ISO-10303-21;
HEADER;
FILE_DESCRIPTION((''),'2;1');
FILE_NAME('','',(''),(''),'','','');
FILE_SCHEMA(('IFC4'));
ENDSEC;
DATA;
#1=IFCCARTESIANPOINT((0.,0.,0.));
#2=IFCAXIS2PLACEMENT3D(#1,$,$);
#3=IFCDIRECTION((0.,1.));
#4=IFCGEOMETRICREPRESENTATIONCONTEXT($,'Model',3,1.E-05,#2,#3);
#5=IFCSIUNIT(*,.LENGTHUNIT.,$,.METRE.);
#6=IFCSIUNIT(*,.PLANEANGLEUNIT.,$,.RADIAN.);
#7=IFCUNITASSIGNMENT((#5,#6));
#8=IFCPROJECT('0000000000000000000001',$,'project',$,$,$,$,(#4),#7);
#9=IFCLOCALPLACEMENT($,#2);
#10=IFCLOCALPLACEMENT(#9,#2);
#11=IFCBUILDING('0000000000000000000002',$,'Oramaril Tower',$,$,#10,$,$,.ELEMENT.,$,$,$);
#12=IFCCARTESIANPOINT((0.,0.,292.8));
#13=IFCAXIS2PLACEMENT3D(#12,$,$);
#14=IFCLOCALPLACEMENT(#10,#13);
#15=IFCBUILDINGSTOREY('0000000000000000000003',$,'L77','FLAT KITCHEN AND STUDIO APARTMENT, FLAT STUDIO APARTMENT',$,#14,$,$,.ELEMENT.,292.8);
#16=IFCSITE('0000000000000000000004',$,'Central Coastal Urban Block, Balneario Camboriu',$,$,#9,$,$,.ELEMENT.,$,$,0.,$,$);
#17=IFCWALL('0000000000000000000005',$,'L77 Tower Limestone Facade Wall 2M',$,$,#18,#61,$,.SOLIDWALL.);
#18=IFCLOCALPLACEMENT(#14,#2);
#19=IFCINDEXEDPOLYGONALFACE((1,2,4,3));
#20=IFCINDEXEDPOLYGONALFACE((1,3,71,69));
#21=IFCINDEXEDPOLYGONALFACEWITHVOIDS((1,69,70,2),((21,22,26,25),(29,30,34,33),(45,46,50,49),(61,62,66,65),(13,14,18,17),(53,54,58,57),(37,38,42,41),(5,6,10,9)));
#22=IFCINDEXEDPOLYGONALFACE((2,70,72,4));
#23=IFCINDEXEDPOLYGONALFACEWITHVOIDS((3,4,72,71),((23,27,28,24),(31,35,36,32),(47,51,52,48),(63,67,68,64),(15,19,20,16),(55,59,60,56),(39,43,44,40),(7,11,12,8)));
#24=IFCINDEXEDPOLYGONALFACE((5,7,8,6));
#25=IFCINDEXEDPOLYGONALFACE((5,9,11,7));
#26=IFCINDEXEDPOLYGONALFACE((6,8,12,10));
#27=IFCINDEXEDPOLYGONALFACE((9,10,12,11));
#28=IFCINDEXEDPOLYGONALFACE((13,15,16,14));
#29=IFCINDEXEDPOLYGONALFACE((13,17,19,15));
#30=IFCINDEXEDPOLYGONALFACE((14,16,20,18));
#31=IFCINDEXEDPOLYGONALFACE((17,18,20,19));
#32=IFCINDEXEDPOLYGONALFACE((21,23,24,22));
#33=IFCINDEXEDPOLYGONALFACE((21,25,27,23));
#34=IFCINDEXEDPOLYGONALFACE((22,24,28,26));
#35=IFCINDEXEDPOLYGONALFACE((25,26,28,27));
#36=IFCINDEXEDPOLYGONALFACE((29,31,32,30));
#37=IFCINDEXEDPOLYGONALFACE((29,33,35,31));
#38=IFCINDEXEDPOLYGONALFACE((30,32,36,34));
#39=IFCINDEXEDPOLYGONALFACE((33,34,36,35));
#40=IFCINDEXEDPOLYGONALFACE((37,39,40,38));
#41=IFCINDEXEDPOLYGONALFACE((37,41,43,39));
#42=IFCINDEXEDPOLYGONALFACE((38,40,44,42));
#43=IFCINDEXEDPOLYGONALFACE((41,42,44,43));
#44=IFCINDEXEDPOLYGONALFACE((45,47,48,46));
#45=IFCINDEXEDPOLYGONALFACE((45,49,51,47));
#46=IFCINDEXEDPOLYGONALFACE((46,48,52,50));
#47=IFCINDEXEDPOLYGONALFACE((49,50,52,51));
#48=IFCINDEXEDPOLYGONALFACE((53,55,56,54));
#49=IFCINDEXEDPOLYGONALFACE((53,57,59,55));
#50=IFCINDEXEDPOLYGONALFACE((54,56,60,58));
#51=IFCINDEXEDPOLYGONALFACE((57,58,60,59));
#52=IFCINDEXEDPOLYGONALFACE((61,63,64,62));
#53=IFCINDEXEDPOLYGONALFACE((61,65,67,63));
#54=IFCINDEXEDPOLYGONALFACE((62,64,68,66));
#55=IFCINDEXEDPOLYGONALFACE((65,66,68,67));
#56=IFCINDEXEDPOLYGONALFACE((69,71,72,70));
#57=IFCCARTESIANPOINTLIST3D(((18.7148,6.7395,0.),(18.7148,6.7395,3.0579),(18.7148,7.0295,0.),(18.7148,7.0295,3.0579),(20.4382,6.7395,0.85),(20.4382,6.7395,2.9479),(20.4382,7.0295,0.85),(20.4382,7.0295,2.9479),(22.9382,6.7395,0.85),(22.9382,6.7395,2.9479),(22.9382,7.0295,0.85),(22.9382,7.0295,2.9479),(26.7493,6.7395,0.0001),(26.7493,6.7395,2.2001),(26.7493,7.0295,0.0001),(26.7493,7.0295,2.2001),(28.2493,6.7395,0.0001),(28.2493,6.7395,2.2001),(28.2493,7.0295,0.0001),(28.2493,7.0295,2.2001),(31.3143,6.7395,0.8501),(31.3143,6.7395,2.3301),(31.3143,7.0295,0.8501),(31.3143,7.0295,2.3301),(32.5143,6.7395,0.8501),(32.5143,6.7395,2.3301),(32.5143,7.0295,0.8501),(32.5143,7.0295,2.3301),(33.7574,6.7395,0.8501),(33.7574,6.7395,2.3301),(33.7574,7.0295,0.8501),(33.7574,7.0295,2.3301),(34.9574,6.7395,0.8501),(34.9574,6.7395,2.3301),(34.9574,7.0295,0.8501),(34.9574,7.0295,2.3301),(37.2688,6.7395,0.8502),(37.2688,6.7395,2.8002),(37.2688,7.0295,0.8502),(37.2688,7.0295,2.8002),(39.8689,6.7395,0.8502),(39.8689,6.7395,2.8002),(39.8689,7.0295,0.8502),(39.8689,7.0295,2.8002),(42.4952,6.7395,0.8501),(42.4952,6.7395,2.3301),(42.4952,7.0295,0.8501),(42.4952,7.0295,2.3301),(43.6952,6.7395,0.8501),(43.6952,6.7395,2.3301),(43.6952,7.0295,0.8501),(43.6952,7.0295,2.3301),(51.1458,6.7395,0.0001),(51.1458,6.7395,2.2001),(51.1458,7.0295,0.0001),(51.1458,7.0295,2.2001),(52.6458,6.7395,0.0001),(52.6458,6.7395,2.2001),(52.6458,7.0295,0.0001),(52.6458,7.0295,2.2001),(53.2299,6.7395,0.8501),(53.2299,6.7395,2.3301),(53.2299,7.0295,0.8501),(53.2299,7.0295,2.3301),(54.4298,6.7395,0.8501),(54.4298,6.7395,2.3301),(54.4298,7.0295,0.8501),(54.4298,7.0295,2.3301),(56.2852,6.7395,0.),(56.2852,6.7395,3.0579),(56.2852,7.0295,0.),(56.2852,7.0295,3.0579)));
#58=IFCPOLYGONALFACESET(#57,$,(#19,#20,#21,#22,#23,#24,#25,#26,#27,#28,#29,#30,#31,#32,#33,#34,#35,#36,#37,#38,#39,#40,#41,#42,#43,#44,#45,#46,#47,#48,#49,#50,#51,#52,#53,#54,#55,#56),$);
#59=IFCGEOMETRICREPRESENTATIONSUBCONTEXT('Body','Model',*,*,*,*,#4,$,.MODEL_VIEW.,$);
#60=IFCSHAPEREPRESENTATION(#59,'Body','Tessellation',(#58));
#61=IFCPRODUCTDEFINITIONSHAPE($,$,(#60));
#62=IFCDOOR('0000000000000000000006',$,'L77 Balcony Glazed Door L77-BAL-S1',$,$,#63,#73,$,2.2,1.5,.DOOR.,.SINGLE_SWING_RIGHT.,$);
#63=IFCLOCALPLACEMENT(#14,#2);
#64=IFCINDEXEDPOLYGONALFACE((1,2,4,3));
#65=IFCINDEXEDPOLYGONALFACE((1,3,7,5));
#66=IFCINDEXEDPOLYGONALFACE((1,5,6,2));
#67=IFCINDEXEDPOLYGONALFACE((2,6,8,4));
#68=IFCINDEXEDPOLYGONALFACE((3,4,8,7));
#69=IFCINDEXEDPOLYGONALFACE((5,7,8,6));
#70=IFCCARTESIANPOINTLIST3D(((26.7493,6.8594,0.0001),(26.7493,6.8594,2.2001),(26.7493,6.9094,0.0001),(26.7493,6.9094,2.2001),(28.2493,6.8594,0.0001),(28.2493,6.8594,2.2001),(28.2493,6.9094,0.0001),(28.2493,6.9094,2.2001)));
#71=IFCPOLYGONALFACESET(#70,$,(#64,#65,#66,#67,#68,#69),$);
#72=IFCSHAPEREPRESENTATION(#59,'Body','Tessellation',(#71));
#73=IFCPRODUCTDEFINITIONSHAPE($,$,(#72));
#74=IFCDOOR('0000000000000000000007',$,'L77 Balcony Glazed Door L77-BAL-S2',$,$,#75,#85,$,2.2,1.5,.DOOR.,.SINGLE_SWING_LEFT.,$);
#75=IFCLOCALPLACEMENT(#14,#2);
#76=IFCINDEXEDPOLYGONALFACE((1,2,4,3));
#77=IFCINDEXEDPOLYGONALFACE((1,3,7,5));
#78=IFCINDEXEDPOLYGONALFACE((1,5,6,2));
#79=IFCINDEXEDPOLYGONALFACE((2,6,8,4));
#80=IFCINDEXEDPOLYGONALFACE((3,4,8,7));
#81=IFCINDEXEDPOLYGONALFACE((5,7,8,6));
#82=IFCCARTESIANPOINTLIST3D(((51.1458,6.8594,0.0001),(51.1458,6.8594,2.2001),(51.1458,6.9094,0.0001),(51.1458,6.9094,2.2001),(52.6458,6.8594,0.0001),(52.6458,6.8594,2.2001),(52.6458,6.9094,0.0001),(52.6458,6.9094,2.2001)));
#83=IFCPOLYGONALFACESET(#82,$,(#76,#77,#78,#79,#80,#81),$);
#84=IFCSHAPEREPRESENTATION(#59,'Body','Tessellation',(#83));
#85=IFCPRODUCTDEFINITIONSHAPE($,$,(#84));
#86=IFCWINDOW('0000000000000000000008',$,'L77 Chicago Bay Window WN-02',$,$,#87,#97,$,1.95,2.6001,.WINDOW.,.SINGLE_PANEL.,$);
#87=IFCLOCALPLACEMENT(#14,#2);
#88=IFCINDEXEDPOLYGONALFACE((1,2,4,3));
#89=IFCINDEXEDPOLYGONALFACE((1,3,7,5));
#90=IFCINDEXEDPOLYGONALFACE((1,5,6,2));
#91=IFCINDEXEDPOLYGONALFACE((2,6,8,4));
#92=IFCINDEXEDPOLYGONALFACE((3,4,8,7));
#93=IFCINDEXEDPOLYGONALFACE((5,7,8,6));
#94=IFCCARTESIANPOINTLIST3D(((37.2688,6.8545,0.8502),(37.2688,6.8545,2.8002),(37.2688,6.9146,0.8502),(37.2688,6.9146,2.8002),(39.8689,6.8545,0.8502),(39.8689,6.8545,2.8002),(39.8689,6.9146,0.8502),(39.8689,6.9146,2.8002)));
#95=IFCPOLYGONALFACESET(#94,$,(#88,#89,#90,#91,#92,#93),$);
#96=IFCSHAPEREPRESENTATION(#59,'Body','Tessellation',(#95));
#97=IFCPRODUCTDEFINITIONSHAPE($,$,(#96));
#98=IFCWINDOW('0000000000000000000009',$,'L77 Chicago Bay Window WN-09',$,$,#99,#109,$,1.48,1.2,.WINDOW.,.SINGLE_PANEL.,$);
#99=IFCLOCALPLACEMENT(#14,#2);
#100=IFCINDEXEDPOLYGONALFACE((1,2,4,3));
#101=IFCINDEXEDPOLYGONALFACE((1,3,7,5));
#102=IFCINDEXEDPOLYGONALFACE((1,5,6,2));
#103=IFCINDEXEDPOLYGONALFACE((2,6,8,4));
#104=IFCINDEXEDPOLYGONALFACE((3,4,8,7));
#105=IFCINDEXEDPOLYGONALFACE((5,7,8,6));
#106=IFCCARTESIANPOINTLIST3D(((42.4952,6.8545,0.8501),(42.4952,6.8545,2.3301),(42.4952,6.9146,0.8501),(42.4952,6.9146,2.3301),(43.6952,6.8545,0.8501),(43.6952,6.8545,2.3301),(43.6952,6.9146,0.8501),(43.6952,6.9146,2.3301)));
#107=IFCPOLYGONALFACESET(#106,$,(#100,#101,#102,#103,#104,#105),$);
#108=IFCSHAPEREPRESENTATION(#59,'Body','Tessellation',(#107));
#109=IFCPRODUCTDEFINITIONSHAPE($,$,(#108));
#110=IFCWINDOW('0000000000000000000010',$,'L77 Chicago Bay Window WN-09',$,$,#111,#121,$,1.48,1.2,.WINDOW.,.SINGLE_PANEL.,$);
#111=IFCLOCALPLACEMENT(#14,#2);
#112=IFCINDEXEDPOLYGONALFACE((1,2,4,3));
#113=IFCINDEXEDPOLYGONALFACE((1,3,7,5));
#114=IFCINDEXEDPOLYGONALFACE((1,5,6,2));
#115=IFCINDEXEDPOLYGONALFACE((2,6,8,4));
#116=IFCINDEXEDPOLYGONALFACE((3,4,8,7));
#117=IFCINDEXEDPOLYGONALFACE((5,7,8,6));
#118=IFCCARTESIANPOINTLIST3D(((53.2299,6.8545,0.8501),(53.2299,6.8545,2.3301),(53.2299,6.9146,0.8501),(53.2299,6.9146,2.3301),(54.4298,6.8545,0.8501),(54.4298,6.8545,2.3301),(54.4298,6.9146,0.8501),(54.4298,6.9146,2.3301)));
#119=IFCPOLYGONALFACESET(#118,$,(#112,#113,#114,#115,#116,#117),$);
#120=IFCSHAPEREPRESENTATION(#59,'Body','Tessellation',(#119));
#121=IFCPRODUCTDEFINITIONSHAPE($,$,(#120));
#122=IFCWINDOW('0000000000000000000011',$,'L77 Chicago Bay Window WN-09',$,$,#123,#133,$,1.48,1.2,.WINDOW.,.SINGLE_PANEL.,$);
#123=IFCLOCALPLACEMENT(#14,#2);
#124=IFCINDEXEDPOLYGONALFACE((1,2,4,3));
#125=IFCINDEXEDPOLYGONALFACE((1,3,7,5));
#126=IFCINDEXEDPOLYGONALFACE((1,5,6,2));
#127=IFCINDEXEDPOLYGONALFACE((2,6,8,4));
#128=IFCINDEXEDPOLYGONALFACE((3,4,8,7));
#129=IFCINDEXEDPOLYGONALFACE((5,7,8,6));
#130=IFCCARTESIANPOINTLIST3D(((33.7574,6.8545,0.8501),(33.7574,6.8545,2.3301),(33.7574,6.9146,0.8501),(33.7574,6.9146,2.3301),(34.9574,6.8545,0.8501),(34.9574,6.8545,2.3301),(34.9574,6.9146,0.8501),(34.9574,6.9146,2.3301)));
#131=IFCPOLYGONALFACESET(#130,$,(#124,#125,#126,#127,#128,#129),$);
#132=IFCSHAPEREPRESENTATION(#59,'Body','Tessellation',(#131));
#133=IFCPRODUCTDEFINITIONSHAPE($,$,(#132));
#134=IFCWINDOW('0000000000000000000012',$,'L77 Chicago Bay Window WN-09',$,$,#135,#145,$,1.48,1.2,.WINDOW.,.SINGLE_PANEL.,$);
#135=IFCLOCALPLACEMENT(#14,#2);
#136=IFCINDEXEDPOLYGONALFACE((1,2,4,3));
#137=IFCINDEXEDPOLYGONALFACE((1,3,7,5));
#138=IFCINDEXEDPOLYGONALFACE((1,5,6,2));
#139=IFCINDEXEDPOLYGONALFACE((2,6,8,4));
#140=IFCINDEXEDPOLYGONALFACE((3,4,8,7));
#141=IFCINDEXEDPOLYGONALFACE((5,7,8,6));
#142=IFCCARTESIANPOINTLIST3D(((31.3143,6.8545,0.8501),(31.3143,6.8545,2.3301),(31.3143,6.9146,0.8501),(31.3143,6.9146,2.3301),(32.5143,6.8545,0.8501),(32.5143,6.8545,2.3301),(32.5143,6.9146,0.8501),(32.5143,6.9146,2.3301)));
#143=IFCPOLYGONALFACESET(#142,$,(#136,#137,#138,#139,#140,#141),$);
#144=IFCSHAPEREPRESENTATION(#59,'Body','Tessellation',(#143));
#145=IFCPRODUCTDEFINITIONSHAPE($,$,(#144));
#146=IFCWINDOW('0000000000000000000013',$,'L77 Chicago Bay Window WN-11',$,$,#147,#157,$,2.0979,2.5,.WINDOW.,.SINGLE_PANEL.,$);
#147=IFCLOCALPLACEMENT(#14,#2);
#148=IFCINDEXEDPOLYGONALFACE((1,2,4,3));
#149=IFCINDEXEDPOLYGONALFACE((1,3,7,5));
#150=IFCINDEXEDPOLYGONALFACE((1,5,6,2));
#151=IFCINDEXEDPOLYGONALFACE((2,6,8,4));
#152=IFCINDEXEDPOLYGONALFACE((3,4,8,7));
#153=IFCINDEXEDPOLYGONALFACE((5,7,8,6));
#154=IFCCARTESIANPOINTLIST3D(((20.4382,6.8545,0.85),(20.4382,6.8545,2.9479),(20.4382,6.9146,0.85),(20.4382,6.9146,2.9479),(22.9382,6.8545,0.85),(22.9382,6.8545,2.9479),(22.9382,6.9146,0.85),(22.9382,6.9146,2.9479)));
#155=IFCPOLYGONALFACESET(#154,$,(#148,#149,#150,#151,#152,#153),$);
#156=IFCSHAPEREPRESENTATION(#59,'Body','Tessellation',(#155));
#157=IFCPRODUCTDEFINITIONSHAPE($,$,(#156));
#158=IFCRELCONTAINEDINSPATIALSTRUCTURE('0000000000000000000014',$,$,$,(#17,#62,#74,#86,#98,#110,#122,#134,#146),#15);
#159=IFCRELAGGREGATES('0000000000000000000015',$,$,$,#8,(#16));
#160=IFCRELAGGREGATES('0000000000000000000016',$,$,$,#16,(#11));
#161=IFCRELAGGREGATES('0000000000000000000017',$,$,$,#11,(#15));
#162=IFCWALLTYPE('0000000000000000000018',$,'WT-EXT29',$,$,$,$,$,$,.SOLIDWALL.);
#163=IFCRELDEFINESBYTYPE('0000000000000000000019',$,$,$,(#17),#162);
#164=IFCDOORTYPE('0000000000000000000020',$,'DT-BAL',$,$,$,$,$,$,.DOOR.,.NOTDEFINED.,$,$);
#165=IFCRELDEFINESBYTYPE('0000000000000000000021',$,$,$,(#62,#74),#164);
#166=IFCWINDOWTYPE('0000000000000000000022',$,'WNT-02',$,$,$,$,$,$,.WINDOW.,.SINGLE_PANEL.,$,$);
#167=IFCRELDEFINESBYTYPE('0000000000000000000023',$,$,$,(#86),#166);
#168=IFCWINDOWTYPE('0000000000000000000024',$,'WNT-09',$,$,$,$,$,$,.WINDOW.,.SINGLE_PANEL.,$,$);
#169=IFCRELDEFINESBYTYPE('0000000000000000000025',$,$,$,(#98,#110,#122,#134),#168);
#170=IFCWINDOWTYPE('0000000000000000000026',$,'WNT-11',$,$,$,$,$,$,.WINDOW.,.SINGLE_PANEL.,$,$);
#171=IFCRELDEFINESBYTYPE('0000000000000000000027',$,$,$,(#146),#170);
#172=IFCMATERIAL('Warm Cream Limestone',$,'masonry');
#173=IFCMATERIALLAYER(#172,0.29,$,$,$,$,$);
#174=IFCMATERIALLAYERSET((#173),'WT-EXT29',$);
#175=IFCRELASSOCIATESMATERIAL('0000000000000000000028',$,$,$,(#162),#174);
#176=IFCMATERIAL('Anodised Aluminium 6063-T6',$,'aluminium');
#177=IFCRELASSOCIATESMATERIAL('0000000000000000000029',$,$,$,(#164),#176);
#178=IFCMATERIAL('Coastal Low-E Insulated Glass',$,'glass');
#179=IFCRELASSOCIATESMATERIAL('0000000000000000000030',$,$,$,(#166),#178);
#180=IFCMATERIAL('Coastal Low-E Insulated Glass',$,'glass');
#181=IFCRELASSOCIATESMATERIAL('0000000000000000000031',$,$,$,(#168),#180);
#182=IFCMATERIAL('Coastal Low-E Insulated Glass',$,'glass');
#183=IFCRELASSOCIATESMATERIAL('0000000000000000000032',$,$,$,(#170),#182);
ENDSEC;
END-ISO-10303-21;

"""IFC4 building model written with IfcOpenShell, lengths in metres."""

from ifc_helpers import new_model, si_unit, direction, frame, frame_2d, origin, place, context, subcontext, project, spatial, rectangle, extrude, material, layer, layer_set, type_object, element, fill, save


model = new_model("IFC4")

# Units and contexts
model_context = context("Model", 3, precision=1e-05, world=origin(), true_north=direction((0.0, 1.0)))
body_context = subcontext(model_context, "Body", "Model", "MODEL_VIEW")
ifc_project = project(units=[si_unit("LENGTHUNIT", "METRE"), si_unit("PLANEANGLEUNIT", "RADIAN")], contexts=[model_context])

# Site, building, storey
site_placement = place(None, origin())
site = spatial("IfcSite", under=ifc_project, at=site_placement, Name="Central Coastal Urban Block, Balneario Camboriu", CompositionType="ELEMENT", RefElevation=0.0)
building_placement = place(site_placement, origin())
building = spatial("IfcBuilding", under=site, at=building_placement, Name="Oramaril Tower", CompositionType="ELEMENT")
storey_placement = place(building_placement, frame((0.0, 0.0, 292.8)))
storey = spatial("IfcBuildingStorey", under=building, at=storey_placement, Name="L77", Description="FLAT KITCHEN AND STUDIO APARTMENT, FLAT STUDIO APARTMENT", CompositionType="ELEMENT", Elevation=292.8)

# Wall, openings, doors, windows
ifc_material_1 = material(Name="Warm Cream Limestone", Category="masonry")
ifc_layer_1 = layer(ifc_material_1, 0.29)
ifc_layer_set_1 = layer_set([ifc_layer_1], Name="WT-EXT29")
wall_type = type_object("IfcWallType", Name="WT-EXT29", PredefinedType="SOLIDWALL", material=ifc_layer_set_1)
wall_placement = place(storey_placement, frame((18.7148, 6.8845, 0.0), z_axis=(0.0, 0.0, 1.0), x_axis=(1.0, 0.0, 0.0)))
wall = element("IfcWall", 1, at=wall_placement, inside=storey, type_object=wall_type, Name="L77 Tower Limestone Facade Wall 2M", PredefinedType="SOLIDWALL", context=body_context, shape_type="SweptSolid", body=[
    extrude(rectangle(XDim=37.5703, YDim=0.29, at=frame_2d((18.7852, 0.0))), origin(), (0.0, 0.0, 1.0), 3.0579),
])
opening_1_placement = place(wall_placement, frame((8.0344, 0.0, 0.0)))
opening_1 = element("IfcOpeningElement", 2, at=opening_1_placement, cuts=wall, PredefinedType="OPENING", context=body_context, shape_type="SweptSolid", body=[
    extrude(rectangle(XDim=1.5, YDim=2.2, at=frame_2d((0.75, 1.1001))), frame((0.0, 0.145, 0.0), z_axis=(0.0, -1.0, 0.0), x_axis=(1.0, 0.0, 0.0)), (0.0, 0.0, 1.0), 0.29),
])
opening_2_placement = place(wall_placement, frame((32.4309, 0.0, 0.0)))
opening_2 = element("IfcOpeningElement", 3, at=opening_2_placement, cuts=wall, PredefinedType="OPENING", context=body_context, shape_type="SweptSolid", body=[
    extrude(rectangle(XDim=1.5, YDim=2.2, at=frame_2d((0.75, 1.1001))), frame((0.0, 0.145, 0.0), z_axis=(0.0, -1.0, 0.0), x_axis=(1.0, 0.0, 0.0)), (0.0, 0.0, 1.0), 0.29),
])
opening_3_placement = place(wall_placement, frame((23.7803, 0.0, 0.8501)))
opening_3 = element("IfcOpeningElement", 4, at=opening_3_placement, cuts=wall, PredefinedType="OPENING", context=body_context, shape_type="SweptSolid", body=[
    extrude(rectangle(XDim=1.2, YDim=1.48, at=frame_2d((0.6001, 0.74))), frame((0.0, 0.145, 0.0), z_axis=(0.0, -1.0, 0.0), x_axis=(1.0, 0.0, 0.0)), (0.0, 0.0, 1.0), 0.29),
])
opening_4_placement = place(wall_placement, frame((34.5149, 0.0, 0.8501)))
opening_4 = element("IfcOpeningElement", 5, at=opening_4_placement, cuts=wall, PredefinedType="OPENING", context=body_context, shape_type="SweptSolid", body=[
    extrude(rectangle(XDim=1.2, YDim=1.48, at=frame_2d((0.6001, 0.74))), frame((0.0, 0.145, 0.0), z_axis=(0.0, -1.0, 0.0), x_axis=(1.0, 0.0, 0.0)), (0.0, 0.0, 1.0), 0.29),
])
opening_5_placement = place(wall_placement, frame((15.0425, 0.0, 0.8501)))
opening_5 = element("IfcOpeningElement", 6, at=opening_5_placement, cuts=wall, PredefinedType="OPENING", context=body_context, shape_type="SweptSolid", body=[
    extrude(rectangle(XDim=1.2, YDim=1.48, at=frame_2d((0.6001, 0.74))), frame((0.0, 0.145, 0.0), z_axis=(0.0, -1.0, 0.0), x_axis=(1.0, 0.0, 0.0)), (0.0, 0.0, 1.0), 0.29),
])
opening_6_placement = place(wall_placement, frame((18.554, 0.0, 0.8501)))
opening_6 = element("IfcOpeningElement", 7, at=opening_6_placement, cuts=wall, PredefinedType="OPENING", context=body_context, shape_type="SweptSolid", body=[
    extrude(rectangle(XDim=2.6001, YDim=1.95, at=frame_2d((1.3, 0.9751))), frame((0.0, 0.145, 0.0), z_axis=(0.0, -1.0, 0.0), x_axis=(1.0, 0.0, 0.0)), (0.0, 0.0, 1.0), 0.29),
])
opening_7_placement = place(wall_placement, frame((1.7234, 0.0, 0.8501)))
opening_7 = element("IfcOpeningElement", 8, at=opening_7_placement, cuts=wall, PredefinedType="OPENING", context=body_context, shape_type="SweptSolid", body=[
    extrude(rectangle(XDim=2.5, YDim=2.0979, at=frame_2d((1.25, 1.0488))), frame((0.0, 0.145, 0.0), z_axis=(0.0, -1.0, 0.0), x_axis=(1.0, 0.0, 0.0)), (0.0, 0.0, 1.0), 0.29),
])
opening_8_placement = place(wall_placement, frame((12.5994, 0.0, 0.8501)))
opening_8 = element("IfcOpeningElement", 9, at=opening_8_placement, cuts=wall, PredefinedType="OPENING", context=body_context, shape_type="SweptSolid", body=[
    extrude(rectangle(XDim=1.2, YDim=1.48, at=frame_2d((0.6001, 0.74))), frame((0.0, 0.145, 0.0), z_axis=(0.0, -1.0, 0.0), x_axis=(1.0, 0.0, 0.0)), (0.0, 0.0, 1.0), 0.29),
])
ifc_material_2 = material(Name="Anodised Aluminium 6063-T6", Category="aluminium")
door_type = type_object("IfcDoorType", Name="DT-BAL", OperationType="NOTDEFINED", PredefinedType="DOOR", material=ifc_material_2)
door_1_placement = place(opening_1_placement, origin())
door_1 = element("IfcDoor", 10, at=door_1_placement, inside=storey, type_object=door_type, Name="L77 Balcony Glazed Door L77-BAL-S1", OperationType="SINGLE_SWING_RIGHT", OverallHeight=2.2, OverallWidth=1.5, PredefinedType="DOOR", context=body_context, shape_type="SweptSolid", body=[
    extrude(rectangle(XDim=1.5, YDim=2.2, at=frame_2d((0.75, 1.1001))), frame((0.0, 0.0249, 0.0), z_axis=(0.0, -1.0, 0.0), x_axis=(1.0, 0.0, 0.0)), (0.0, 0.0, 1.0), 0.05),
])
fill(opening_1, door_1)
door_2_placement = place(opening_2_placement, origin())
door_2 = element("IfcDoor", 11, at=door_2_placement, inside=storey, type_object=door_type, Name="L77 Balcony Glazed Door L77-BAL-S2", OperationType="SINGLE_SWING_LEFT", OverallHeight=2.2, OverallWidth=1.5, PredefinedType="DOOR", context=body_context, shape_type="SweptSolid", body=[
    extrude(rectangle(XDim=1.5, YDim=2.2, at=frame_2d((0.75, 1.1001))), frame((0.0, 0.0249, 0.0), z_axis=(0.0, -1.0, 0.0), x_axis=(1.0, 0.0, 0.0)), (0.0, 0.0, 1.0), 0.05),
])
fill(opening_2, door_2)
ifc_material_3 = material(Name="Coastal Low-E Insulated Glass", Category="glass")
window_type_1 = type_object("IfcWindowType", Name="WNT-02", PartitioningType="SINGLE_PANEL", PredefinedType="WINDOW", material=ifc_material_3)
window_1_placement = place(opening_6_placement, origin())
window_1 = element("IfcWindow", 12, at=window_1_placement, inside=storey, type_object=window_type_1, Name="L77 Chicago Bay Window WN-02", OverallHeight=1.95, OverallWidth=2.6001, PartitioningType="SINGLE_PANEL", PredefinedType="WINDOW", context=body_context, shape_type="SweptSolid", body=[
    extrude(rectangle(XDim=2.6001, YDim=1.95, at=frame_2d((1.3, 0.9751))), frame((0.0, 0.03, 0.0), z_axis=(0.0, -1.0, 0.0), x_axis=(1.0, 0.0, 0.0)), (0.0, 0.0, 1.0), 0.0601),
])
fill(opening_6, window_1)
ifc_material_4 = material(Name="Coastal Low-E Insulated Glass", Category="glass")
window_type_2 = type_object("IfcWindowType", Name="WNT-09", PartitioningType="SINGLE_PANEL", PredefinedType="WINDOW", material=ifc_material_4)
window_2_placement = place(opening_3_placement, origin())
window_2 = element("IfcWindow", 13, at=window_2_placement, inside=storey, type_object=window_type_2, Name="L77 Chicago Bay Window WN-09", OverallHeight=1.48, OverallWidth=1.2, PartitioningType="SINGLE_PANEL", PredefinedType="WINDOW", context=body_context, shape_type="SweptSolid", body=[
    extrude(rectangle(XDim=1.2, YDim=1.48, at=frame_2d((0.6001, 0.74))), frame((0.0, 0.03, 0.0), z_axis=(0.0, -1.0, 0.0), x_axis=(1.0, 0.0, 0.0)), (0.0, 0.0, 1.0), 0.0601),
])
fill(opening_3, window_2)
window_3_placement = place(opening_4_placement, origin())
window_3 = element("IfcWindow", 14, at=window_3_placement, inside=storey, type_object=window_type_2, Name="L77 Chicago Bay Window WN-09", OverallHeight=1.48, OverallWidth=1.2, PartitioningType="SINGLE_PANEL", PredefinedType="WINDOW", context=body_context, shape_type="SweptSolid", body=[
    extrude(rectangle(XDim=1.2, YDim=1.48, at=frame_2d((0.6001, 0.74))), frame((0.0, 0.03, 0.0), z_axis=(0.0, -1.0, 0.0), x_axis=(1.0, 0.0, 0.0)), (0.0, 0.0, 1.0), 0.0601),
])
fill(opening_4, window_3)
window_4_placement = place(opening_5_placement, origin())
window_4 = element("IfcWindow", 15, at=window_4_placement, inside=storey, type_object=window_type_2, Name="L77 Chicago Bay Window WN-09", OverallHeight=1.48, OverallWidth=1.2, PartitioningType="SINGLE_PANEL", PredefinedType="WINDOW", context=body_context, shape_type="SweptSolid", body=[
    extrude(rectangle(XDim=1.2, YDim=1.48, at=frame_2d((0.6001, 0.74))), frame((0.0, 0.03, 0.0), z_axis=(0.0, -1.0, 0.0), x_axis=(1.0, 0.0, 0.0)), (0.0, 0.0, 1.0), 0.0601),
])
fill(opening_5, window_4)
window_5_placement = place(opening_8_placement, origin())
window_5 = element("IfcWindow", 16, at=window_5_placement, inside=storey, type_object=window_type_2, Name="L77 Chicago Bay Window WN-09", OverallHeight=1.48, OverallWidth=1.2, PartitioningType="SINGLE_PANEL", PredefinedType="WINDOW", context=body_context, shape_type="SweptSolid", body=[
    extrude(rectangle(XDim=1.2, YDim=1.48, at=frame_2d((0.6001, 0.74))), frame((0.0, 0.03, 0.0), z_axis=(0.0, -1.0, 0.0), x_axis=(1.0, 0.0, 0.0)), (0.0, 0.0, 1.0), 0.0601),
])
fill(opening_8, window_5)
ifc_material_5 = material(Name="Coastal Low-E Insulated Glass", Category="glass")
window_type_3 = type_object("IfcWindowType", Name="WNT-11", PartitioningType="SINGLE_PANEL", PredefinedType="WINDOW", material=ifc_material_5)
window_6_placement = place(opening_7_placement, origin())
window_6 = element("IfcWindow", 17, at=window_6_placement, inside=storey, type_object=window_type_3, Name="L77 Chicago Bay Window WN-11", OverallHeight=2.0979, OverallWidth=2.5, PartitioningType="SINGLE_PANEL", PredefinedType="WINDOW", context=body_context, shape_type="SweptSolid", body=[
    extrude(rectangle(XDim=2.5, YDim=2.0979, at=frame_2d((1.25, 1.0488))), frame((0.0, 0.03, 0.0), z_axis=(0.0, -1.0, 0.0), x_axis=(1.0, 0.0, 0.0)), (0.0, 0.0, 1.0), 0.0601),
])
fill(opening_7, window_6)

save(model, "model.ifc")
